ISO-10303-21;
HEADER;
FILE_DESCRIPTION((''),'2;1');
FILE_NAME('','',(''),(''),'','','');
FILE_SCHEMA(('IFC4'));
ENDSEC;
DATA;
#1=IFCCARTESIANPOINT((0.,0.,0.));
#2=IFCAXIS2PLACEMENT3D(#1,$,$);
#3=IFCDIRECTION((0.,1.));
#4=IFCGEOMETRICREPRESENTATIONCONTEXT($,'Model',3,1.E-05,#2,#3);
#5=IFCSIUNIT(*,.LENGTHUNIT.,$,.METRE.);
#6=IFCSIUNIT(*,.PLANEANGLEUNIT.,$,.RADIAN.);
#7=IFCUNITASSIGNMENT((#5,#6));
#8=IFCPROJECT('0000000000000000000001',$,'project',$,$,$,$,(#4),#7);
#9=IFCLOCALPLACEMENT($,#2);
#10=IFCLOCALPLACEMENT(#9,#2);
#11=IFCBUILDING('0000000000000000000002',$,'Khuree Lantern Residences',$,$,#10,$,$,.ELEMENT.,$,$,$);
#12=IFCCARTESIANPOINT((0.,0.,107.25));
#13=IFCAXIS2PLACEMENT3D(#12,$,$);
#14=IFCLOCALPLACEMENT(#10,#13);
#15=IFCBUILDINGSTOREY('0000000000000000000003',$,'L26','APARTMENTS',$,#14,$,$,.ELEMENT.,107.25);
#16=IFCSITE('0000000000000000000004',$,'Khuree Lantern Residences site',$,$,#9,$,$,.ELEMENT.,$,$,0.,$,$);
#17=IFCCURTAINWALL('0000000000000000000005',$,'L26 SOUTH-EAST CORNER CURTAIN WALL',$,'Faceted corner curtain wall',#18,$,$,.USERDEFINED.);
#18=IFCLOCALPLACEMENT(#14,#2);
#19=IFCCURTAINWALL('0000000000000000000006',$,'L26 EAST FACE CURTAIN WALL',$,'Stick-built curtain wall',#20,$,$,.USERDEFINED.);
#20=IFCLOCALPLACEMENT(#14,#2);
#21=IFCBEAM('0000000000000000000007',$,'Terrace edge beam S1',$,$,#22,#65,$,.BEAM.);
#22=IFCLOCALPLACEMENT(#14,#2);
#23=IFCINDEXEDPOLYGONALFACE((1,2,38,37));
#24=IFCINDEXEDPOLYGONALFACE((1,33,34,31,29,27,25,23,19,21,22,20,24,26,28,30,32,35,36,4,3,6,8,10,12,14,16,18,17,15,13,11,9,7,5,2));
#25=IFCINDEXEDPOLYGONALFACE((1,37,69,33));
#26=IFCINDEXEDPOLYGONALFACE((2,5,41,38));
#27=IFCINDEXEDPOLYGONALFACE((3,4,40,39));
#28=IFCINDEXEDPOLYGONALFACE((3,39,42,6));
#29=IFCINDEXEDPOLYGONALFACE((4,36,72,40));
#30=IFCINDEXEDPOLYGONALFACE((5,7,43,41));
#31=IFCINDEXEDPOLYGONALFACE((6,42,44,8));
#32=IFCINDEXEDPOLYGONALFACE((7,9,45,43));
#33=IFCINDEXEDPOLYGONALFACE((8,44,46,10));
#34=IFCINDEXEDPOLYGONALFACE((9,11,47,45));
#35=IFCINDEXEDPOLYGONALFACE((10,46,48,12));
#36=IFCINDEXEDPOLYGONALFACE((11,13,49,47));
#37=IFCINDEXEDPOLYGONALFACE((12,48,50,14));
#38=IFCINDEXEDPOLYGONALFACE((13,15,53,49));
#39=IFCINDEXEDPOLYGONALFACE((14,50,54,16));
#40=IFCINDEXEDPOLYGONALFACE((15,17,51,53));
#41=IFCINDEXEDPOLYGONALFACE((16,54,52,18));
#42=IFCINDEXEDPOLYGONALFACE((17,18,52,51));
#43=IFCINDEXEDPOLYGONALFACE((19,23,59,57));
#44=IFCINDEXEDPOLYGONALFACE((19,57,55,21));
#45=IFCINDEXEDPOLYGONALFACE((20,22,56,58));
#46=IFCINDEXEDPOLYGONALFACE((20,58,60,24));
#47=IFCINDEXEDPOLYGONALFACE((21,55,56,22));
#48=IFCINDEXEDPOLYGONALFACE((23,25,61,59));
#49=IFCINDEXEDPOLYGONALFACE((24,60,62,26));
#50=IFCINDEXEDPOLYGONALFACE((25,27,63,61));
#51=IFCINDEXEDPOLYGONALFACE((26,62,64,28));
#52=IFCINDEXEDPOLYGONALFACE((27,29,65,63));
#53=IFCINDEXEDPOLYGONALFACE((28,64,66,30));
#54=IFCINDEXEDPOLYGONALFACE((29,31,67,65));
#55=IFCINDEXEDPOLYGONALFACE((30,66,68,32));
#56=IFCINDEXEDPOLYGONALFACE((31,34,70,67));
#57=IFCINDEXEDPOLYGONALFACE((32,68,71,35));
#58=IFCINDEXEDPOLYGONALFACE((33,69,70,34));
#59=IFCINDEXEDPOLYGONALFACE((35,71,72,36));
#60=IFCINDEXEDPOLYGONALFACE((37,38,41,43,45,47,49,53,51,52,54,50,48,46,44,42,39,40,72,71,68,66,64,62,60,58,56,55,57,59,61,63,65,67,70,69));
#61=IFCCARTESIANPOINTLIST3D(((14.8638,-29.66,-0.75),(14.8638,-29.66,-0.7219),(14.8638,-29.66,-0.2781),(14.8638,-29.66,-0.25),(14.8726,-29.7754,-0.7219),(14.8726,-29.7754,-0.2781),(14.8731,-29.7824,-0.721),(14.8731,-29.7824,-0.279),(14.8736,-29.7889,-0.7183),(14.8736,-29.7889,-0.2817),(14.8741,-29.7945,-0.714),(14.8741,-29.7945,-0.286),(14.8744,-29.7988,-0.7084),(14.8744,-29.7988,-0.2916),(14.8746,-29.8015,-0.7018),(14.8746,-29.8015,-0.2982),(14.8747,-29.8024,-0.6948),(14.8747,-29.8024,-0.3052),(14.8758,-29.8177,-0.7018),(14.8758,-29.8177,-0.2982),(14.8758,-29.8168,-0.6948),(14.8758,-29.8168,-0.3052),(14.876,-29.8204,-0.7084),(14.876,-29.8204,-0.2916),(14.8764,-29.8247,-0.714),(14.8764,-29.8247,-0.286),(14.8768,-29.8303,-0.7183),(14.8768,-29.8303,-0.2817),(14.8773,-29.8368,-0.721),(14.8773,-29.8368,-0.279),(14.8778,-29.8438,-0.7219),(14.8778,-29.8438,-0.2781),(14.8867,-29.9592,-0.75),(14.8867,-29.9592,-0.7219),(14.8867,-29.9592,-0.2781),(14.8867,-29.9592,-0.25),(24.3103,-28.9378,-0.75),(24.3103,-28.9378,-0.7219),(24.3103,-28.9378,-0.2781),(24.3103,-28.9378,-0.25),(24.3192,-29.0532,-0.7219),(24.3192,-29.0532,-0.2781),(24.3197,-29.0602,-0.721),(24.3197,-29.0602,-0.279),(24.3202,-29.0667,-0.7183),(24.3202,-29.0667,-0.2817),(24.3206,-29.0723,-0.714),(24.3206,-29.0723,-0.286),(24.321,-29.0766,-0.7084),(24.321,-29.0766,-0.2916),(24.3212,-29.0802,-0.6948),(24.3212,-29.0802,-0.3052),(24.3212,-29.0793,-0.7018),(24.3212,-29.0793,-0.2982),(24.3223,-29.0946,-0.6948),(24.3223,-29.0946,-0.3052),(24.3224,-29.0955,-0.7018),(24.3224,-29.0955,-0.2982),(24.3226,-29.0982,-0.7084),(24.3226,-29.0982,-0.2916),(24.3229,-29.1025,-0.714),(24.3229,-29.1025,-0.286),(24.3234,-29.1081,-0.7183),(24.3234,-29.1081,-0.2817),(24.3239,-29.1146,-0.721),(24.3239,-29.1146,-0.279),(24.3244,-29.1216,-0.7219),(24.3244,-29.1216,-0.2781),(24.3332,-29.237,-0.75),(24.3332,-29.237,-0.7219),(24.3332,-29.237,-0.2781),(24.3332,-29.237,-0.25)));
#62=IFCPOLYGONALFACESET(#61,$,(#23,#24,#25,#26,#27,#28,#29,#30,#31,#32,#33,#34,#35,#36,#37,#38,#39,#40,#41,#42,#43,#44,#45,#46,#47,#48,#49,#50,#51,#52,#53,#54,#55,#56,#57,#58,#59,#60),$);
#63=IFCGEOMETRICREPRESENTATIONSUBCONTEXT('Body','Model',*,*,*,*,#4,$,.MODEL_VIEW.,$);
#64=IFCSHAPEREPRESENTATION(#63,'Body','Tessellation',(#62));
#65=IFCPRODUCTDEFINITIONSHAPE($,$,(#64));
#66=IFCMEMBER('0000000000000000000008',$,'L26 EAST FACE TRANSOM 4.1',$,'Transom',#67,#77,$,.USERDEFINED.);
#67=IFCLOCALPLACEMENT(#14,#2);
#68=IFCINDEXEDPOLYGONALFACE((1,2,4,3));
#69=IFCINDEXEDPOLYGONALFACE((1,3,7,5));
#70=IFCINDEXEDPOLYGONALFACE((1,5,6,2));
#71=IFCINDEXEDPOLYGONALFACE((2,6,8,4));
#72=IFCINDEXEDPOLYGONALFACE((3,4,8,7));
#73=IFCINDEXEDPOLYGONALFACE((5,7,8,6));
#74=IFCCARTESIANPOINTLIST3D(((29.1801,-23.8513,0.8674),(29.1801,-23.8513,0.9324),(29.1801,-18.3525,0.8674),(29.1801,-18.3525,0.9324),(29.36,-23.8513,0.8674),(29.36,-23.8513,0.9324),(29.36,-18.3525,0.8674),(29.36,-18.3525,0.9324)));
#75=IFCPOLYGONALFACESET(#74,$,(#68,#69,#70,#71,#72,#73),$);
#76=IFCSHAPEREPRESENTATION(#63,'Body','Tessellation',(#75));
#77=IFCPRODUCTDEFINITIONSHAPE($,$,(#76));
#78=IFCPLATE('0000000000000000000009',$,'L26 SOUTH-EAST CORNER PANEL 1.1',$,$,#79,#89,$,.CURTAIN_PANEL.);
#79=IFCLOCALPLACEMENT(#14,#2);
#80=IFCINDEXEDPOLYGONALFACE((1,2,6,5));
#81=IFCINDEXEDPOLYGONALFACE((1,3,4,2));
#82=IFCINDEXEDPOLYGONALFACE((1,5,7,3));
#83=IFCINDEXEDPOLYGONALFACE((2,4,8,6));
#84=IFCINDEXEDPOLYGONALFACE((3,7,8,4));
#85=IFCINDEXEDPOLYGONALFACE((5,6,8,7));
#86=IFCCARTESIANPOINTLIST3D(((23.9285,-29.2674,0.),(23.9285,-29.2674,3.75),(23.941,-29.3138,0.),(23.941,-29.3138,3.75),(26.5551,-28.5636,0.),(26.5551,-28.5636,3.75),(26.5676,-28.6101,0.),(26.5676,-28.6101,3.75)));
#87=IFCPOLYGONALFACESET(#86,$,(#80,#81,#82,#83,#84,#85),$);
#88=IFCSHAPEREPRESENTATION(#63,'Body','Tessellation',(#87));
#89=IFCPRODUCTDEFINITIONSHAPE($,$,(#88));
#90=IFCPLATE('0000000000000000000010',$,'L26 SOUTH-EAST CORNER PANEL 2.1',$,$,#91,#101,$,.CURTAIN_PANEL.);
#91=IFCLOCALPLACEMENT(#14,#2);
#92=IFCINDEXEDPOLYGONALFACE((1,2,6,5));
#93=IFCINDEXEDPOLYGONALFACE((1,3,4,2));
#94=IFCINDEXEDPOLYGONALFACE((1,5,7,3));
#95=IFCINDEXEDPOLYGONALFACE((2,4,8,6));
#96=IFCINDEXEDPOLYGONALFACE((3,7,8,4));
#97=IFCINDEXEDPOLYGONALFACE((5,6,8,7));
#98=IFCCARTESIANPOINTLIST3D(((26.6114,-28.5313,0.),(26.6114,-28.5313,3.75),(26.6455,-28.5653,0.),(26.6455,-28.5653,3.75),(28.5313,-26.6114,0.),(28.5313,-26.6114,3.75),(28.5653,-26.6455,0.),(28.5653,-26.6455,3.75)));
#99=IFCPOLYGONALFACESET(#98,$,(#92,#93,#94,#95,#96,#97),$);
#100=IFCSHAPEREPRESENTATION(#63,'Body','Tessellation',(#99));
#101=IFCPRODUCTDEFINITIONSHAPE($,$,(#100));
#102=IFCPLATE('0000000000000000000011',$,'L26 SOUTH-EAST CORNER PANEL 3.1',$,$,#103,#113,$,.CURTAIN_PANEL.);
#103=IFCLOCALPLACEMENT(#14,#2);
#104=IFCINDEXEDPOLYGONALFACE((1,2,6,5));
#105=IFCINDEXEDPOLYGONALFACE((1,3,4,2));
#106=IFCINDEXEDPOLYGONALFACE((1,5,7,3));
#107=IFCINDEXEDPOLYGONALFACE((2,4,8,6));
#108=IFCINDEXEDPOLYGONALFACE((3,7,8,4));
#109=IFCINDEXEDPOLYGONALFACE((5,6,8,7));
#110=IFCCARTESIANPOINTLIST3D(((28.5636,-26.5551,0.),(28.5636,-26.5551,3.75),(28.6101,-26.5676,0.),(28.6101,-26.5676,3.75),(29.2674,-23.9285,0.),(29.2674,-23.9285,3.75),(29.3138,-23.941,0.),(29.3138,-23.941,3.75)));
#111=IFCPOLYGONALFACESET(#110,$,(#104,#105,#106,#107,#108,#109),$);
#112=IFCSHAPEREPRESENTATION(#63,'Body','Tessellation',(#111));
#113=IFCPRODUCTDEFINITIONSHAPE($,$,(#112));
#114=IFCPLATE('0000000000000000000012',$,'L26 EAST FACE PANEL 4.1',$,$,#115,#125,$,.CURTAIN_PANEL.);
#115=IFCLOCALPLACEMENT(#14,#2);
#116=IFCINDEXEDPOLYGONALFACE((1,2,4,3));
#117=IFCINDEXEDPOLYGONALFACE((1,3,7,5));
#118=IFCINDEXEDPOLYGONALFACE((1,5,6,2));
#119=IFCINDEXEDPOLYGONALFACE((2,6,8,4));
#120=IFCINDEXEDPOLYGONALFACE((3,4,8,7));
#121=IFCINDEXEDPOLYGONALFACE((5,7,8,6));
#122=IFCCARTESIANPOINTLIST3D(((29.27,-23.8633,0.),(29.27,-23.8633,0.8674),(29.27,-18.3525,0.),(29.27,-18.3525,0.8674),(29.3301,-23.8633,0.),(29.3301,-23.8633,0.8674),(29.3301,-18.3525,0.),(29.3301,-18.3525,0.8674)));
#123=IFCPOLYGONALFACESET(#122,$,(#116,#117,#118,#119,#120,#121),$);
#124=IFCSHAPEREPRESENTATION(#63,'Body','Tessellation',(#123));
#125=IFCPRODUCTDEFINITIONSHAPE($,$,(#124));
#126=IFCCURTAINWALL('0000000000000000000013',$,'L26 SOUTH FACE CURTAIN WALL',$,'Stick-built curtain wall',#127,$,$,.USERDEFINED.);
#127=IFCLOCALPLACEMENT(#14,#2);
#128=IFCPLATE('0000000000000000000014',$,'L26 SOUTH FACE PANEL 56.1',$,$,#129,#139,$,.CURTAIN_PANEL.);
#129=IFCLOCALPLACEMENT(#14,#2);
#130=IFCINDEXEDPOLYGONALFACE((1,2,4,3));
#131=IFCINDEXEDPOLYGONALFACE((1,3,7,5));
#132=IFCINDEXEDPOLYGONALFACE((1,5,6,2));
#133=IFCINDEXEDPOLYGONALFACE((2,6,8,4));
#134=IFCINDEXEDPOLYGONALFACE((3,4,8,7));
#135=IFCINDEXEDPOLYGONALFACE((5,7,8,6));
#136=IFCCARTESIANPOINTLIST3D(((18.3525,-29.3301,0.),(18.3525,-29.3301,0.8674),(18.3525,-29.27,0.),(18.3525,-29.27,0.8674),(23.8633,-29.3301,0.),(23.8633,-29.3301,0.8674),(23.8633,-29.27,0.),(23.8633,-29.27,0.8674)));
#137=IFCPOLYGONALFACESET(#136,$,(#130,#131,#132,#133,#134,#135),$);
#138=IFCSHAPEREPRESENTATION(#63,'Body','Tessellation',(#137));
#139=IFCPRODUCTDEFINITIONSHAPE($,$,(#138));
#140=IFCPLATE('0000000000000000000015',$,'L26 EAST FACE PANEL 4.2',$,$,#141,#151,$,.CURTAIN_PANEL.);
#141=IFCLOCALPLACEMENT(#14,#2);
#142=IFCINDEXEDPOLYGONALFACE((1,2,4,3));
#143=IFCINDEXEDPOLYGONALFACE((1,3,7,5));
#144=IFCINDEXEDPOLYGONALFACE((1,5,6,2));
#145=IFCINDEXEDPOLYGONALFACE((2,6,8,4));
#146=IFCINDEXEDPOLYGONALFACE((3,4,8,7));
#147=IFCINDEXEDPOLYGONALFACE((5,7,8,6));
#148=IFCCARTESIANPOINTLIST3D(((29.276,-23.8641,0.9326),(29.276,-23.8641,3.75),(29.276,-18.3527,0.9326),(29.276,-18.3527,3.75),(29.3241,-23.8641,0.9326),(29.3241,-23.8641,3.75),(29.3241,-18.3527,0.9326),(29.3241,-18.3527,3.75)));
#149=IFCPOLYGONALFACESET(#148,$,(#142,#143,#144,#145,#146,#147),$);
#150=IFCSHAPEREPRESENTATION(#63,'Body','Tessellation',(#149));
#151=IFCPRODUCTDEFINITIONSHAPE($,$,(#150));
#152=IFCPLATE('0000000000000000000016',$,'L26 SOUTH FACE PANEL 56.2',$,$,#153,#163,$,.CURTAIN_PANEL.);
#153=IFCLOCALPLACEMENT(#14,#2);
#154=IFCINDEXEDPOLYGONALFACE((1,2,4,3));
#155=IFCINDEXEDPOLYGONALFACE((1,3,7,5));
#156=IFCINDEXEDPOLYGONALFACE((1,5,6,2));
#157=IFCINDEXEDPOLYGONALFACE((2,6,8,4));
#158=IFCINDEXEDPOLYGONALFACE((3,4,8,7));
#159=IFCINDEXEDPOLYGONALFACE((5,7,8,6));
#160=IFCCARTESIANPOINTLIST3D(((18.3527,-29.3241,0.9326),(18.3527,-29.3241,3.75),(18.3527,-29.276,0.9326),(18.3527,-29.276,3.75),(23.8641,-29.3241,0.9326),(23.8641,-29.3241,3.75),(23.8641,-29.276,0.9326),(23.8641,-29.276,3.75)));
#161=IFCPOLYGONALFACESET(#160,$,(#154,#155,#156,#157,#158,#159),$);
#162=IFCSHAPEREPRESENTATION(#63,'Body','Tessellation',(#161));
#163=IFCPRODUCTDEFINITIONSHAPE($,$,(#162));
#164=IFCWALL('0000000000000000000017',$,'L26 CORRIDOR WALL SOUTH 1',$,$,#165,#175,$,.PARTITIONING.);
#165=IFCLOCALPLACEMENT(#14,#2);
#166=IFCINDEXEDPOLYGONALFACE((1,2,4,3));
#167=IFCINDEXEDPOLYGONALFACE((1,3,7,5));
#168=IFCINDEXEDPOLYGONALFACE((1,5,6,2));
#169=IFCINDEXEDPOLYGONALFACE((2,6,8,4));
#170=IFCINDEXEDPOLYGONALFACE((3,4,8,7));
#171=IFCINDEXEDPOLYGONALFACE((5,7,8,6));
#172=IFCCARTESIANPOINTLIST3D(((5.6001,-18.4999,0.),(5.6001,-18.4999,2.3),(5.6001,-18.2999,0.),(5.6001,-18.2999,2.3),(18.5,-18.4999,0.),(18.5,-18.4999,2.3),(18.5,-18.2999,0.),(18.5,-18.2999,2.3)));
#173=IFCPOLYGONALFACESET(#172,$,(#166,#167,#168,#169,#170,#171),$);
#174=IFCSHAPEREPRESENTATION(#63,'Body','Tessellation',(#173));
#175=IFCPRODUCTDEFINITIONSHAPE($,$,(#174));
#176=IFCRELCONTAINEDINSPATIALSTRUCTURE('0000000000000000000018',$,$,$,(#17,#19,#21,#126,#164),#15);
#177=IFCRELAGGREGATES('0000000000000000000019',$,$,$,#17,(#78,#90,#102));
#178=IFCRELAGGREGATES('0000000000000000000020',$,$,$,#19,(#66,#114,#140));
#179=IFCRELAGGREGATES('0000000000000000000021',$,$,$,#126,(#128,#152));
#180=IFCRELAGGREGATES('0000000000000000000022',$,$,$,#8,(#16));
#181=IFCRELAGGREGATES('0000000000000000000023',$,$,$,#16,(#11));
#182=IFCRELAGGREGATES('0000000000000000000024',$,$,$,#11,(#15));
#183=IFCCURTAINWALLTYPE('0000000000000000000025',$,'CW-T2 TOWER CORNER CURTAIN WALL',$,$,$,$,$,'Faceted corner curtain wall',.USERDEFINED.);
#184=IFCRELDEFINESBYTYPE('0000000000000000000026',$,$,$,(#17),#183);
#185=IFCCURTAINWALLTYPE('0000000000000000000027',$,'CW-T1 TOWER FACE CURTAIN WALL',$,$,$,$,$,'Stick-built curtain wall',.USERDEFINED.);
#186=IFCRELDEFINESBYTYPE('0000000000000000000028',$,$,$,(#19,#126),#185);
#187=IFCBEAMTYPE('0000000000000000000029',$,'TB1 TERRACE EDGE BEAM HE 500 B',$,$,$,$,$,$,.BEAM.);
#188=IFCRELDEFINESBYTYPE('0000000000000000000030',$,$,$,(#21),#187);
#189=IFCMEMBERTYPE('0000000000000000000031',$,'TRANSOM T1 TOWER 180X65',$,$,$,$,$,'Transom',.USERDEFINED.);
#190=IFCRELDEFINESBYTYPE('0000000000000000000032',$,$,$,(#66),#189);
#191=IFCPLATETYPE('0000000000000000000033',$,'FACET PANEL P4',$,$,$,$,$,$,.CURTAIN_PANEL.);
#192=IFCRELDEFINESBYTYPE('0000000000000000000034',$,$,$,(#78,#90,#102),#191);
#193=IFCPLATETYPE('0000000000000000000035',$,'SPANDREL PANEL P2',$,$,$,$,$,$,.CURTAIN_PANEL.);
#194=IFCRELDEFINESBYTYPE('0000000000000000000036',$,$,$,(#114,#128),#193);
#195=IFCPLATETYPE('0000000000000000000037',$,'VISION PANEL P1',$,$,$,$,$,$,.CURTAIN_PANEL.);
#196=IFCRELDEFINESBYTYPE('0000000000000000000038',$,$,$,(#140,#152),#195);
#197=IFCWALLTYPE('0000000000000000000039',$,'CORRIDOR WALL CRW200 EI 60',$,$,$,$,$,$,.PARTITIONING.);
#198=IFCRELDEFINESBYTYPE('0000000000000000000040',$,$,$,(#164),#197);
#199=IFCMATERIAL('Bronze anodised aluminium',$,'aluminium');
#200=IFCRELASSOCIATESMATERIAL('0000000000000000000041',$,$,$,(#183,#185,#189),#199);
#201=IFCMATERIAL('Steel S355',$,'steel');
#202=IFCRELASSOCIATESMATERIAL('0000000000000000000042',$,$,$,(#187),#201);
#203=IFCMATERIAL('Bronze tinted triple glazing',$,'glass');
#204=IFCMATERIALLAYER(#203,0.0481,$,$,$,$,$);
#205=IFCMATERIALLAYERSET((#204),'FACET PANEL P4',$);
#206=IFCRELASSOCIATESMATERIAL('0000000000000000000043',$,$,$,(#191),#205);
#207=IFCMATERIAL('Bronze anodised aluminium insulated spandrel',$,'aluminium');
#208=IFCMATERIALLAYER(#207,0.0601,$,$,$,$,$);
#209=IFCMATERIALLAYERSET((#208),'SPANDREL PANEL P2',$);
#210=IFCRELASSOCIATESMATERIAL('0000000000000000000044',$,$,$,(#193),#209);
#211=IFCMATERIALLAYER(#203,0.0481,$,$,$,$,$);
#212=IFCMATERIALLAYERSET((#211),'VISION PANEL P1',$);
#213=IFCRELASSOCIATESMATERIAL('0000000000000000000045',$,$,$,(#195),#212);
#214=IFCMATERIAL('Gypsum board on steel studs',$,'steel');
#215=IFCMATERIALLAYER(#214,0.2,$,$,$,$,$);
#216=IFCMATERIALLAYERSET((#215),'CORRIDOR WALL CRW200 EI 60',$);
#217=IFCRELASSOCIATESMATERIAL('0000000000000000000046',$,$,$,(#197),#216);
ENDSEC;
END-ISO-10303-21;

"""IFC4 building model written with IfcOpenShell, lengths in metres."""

from ifc_helpers import new_model, si_unit, direction, frame, frame_2d, origin, origin_2d, place, context, subcontext, project, spatial, rectangle, i_section, extrude, material, layer, layer_set, material_profile, profile_set, type_object, element, aggregate, save


model = new_model("IFC4")

# Units and contexts
model_context = context("Model", 3, precision=1e-05, world=origin(), true_north=direction((0.0, 1.0)))
body_context = subcontext(model_context, "Body", "Model", "MODEL_VIEW")
ifc_project = project(units=[si_unit("LENGTHUNIT", "METRE"), si_unit("PLANEANGLEUNIT", "RADIAN")], contexts=[model_context])

# Site, building, storey
site_placement = place(None, origin())
site = spatial("IfcSite", under=ifc_project, at=site_placement, Name="Khuree Lantern Residences site", CompositionType="ELEMENT", RefElevation=0.0)
building_placement = place(site_placement, origin())
building = spatial("IfcBuilding", under=site, at=building_placement, Name="Khuree Lantern Residences", CompositionType="ELEMENT")
storey_placement = place(building_placement, frame((0.0, 0.0, 107.25)))
storey = spatial("IfcBuildingStorey", under=building, at=storey_placement, Name="L26", Description="APARTMENTS", CompositionType="ELEMENT", Elevation=107.25)

# Shared definitions
ifc_material_1 = material(Name="Steel S355", Category="steel")

# Curtain wall
ifc_material_2 = material(Name="Bronze anodised aluminium", Category="aluminium")
curtain_wall_type_1 = type_object("IfcCurtainWallType", Name="CW-T2 TOWER CORNER CURTAIN WALL", ElementType="Faceted corner curtain wall", PredefinedType="USERDEFINED", material=ifc_material_2)
curtain_wall_1_placement = place(storey_placement, origin())
curtain_wall_1 = element("IfcCurtainWall", 1, at=curtain_wall_1_placement, inside=storey, type_object=curtain_wall_type_1, Name="L26 SOUTH-EAST CORNER CURTAIN WALL", ObjectType="Faceted corner curtain wall", PredefinedType="USERDEFINED")

# Curtain wall
curtain_wall_type_2 = type_object("IfcCurtainWallType", Name="CW-T1 TOWER FACE CURTAIN WALL", ElementType="Stick-built curtain wall", PredefinedType="USERDEFINED", material=ifc_material_2)
curtain_wall_2_placement = place(storey_placement, origin())
curtain_wall_2 = element("IfcCurtainWall", 2, at=curtain_wall_2_placement, inside=storey, type_object=curtain_wall_type_2, Name="L26 EAST FACE CURTAIN WALL", ObjectType="Stick-built curtain wall", PredefinedType="USERDEFINED")

# Beam
ifc_material_profile_1 = material_profile(ifc_material_1, i_section(OverallWidth=0.3, OverallDepth=0.5, WebThickness=0.0144, FlangeThickness=0.0281, FilletRadius=0.0271, at=origin_2d()), Name="HE 500 B")
ifc_profile_set_1 = profile_set([ifc_material_profile_1], Name="Steel S355")
beam_type_1 = type_object("IfcBeamType", Name="TB1 TERRACE EDGE BEAM HE 500 B", PredefinedType="BEAM", material=ifc_profile_set_1)
beam_1_placement = place(storey_placement, frame((24.3218, -29.0874, -0.5), z_axis=(-0.997091, -0.076226, 0.0), x_axis=(0.076226, -0.997091, 0.0)))
element("IfcBeam", 3, at=beam_1_placement, inside=storey, type_object=beam_type_1, Name="Terrace edge beam S1", PredefinedType="BEAM", context=body_context, shape_type="SweptSolid", body=[
    extrude(i_section(OverallWidth=0.3, OverallDepth=0.5, WebThickness=0.0144, FlangeThickness=0.0281, FilletRadius=0.0271, at=origin_2d()), origin(), (0.0, 0.0, 1.0), 9.4741),
])

# Member
ifc_material_profile_2 = material_profile(ifc_material_2, rectangle(XDim=0.1799, YDim=0.0649, at=origin_2d()), Name="T1 180X65")
ifc_profile_set_2 = profile_set([ifc_material_profile_2], Name="Bronze anodised aluminium")
member_type_1 = type_object("IfcMemberType", Name="TRANSOM T1 TOWER 180X65", ElementType="Transom", PredefinedType="USERDEFINED", material=ifc_profile_set_2)
member_1_placement = place(storey_placement, frame((29.27, -23.8513, 0.8999), z_axis=(0.0, 1.0, 0.0), x_axis=(-1.0, 0.0, 0.0)))
member_1 = element("IfcMember", 4, at=member_1_placement, type_object=member_type_1, Name="L26 EAST FACE TRANSOM 4.1", ObjectType="Transom", PredefinedType="USERDEFINED", context=body_context, shape_type="SweptSolid", body=[
    extrude(rectangle(XDim=0.1799, YDim=0.0649, at=origin_2d()), origin(), (0.0, 0.0, 1.0), 5.4988),
])

# Plates
ifc_material_3 = material(Name="Bronze tinted triple glazing", Category="glass")
ifc_layer_1 = layer(ifc_material_3, 0.0481)
ifc_layer_set_1 = layer_set([ifc_layer_1], Name="FACET PANEL P4")
plate_type_1 = type_object("IfcPlateType", Name="FACET PANEL P4", PredefinedType="CURTAIN_PANEL", material=ifc_layer_set_1)
plate_1_placement = place(storey_placement, frame((25.248, -28.9387, 0.0), z_axis=(0.0, 0.0, 1.0), x_axis=(0.965926, 0.258819, 0.0)))
plate_1 = element("IfcPlate", 5, at=plate_1_placement, type_object=plate_type_1, Name="L26 SOUTH-EAST CORNER PANEL 1.1", PredefinedType="CURTAIN_PANEL", context=body_context, shape_type="SweptSolid", body=[
    extrude(rectangle(XDim=2.7192, YDim=0.0481, at=origin_2d()), origin(), (0.0, 0.0, 1.0), 3.75),
])
plate_2_placement = place(storey_placement, frame((27.5884, -27.5884, 0.0), z_axis=(0.0, 0.0, 1.0), x_axis=(0.707107, 0.707107, 0.0)))
plate_2 = element("IfcPlate", 6, at=plate_2_placement, type_object=plate_type_1, Name="L26 SOUTH-EAST CORNER PANEL 2.1", PredefinedType="CURTAIN_PANEL", context=body_context, shape_type="SweptSolid", body=[
    extrude(rectangle(XDim=2.7151, YDim=0.0481, at=origin_2d()), origin(), (0.0, 0.0, 1.0), 3.75),
])
plate_3_placement = place(storey_placement, frame((28.9387, -25.248, 0.0), z_axis=(0.0, 0.0, 1.0), x_axis=(0.258819, 0.965926, 0.0)))
plate_3 = element("IfcPlate", 7, at=plate_3_placement, type_object=plate_type_1, Name="L26 SOUTH-EAST CORNER PANEL 3.1", PredefinedType="CURTAIN_PANEL", context=body_context, shape_type="SweptSolid", body=[
    extrude(rectangle(XDim=2.7192, YDim=0.0481, at=origin_2d()), origin(), (0.0, 0.0, 1.0), 3.75),
])
aggregate(curtain_wall_1, [plate_1, plate_2, plate_3])
ifc_material_4 = material(Name="Bronze anodised aluminium insulated spandrel", Category="aluminium")
ifc_layer_2 = layer(ifc_material_4, 0.0601)
ifc_layer_set_2 = layer_set([ifc_layer_2], Name="SPANDREL PANEL P2")
plate_type_2 = type_object("IfcPlateType", Name="SPANDREL PANEL P2", PredefinedType="CURTAIN_PANEL", material=ifc_layer_set_2)
plate_4_placement = place(storey_placement, frame((29.3, -21.1079, 0.0), z_axis=(0.0, 0.0, 1.0), x_axis=(0.0, 1.0, 0.0)))
plate_4 = element("IfcPlate", 8, at=plate_4_placement, type_object=plate_type_2, Name="L26 EAST FACE PANEL 4.1", PredefinedType="CURTAIN_PANEL", context=body_context, shape_type="SweptSolid", body=[
    extrude(rectangle(XDim=5.5107, YDim=0.0601, at=origin_2d()), origin(), (0.0, 0.0, 1.0), 0.8674),
])

# Curtain wall, plate
curtain_wall_3_placement = place(storey_placement, origin())
curtain_wall_3 = element("IfcCurtainWall", 9, at=curtain_wall_3_placement, inside=storey, type_object=curtain_wall_type_2, Name="L26 SOUTH FACE CURTAIN WALL", ObjectType="Stick-built curtain wall", PredefinedType="USERDEFINED")
plate_5_placement = place(storey_placement, frame((21.1079, -29.3, 0.0), z_axis=(0.0, 0.0, 1.0), x_axis=(1.0, 0.0, 0.0)))
plate_5 = element("IfcPlate", 10, at=plate_5_placement, type_object=plate_type_2, Name="L26 SOUTH FACE PANEL 56.1", PredefinedType="CURTAIN_PANEL", context=body_context, shape_type="SweptSolid", body=[
    extrude(rectangle(XDim=5.5107, YDim=0.0601, at=origin_2d()), origin(), (0.0, 0.0, 1.0), 0.8674),
])

# Plates
ifc_layer_3 = layer(ifc_material_3, 0.0481)
ifc_layer_set_3 = layer_set([ifc_layer_3], Name="VISION PANEL P1")
plate_type_3 = type_object("IfcPlateType", Name="VISION PANEL P1", PredefinedType="CURTAIN_PANEL", material=ifc_layer_set_3)
plate_6_placement = place(storey_placement, frame((29.3, -21.1084, 0.9326), z_axis=(0.0, 0.0, 1.0), x_axis=(0.0, 1.0, 0.0)))
plate_6 = element("IfcPlate", 11, at=plate_6_placement, type_object=plate_type_3, Name="L26 EAST FACE PANEL 4.2", PredefinedType="CURTAIN_PANEL", context=body_context, shape_type="SweptSolid", body=[
    extrude(rectangle(XDim=5.5115, YDim=0.0481, at=origin_2d()), origin(), (0.0, 0.0, 1.0), 2.8174),
])
aggregate(curtain_wall_2, [member_1, plate_4, plate_6])
plate_7_placement = place(storey_placement, frame((21.1084, -29.3, 0.9326), z_axis=(0.0, 0.0, 1.0), x_axis=(1.0, 0.0, 0.0)))
plate_7 = element("IfcPlate", 12, at=plate_7_placement, type_object=plate_type_3, Name="L26 SOUTH FACE PANEL 56.2", PredefinedType="CURTAIN_PANEL", context=body_context, shape_type="SweptSolid", body=[
    extrude(rectangle(XDim=5.5115, YDim=0.0481, at=origin_2d()), origin(), (0.0, 0.0, 1.0), 2.8174),
])
aggregate(curtain_wall_3, [plate_5, plate_7])

# Wall
ifc_material_5 = material(Name="Gypsum board on steel studs", Category="steel")
ifc_layer_4 = layer(ifc_material_5, 0.2)
ifc_layer_set_4 = layer_set([ifc_layer_4], Name="CORRIDOR WALL CRW200 EI 60")
wall_type = type_object("IfcWallType", Name="CORRIDOR WALL CRW200 EI 60", PredefinedType="PARTITIONING", material=ifc_layer_set_4)
wall_placement = place(storey_placement, frame((18.5, -18.3999, 0.0), z_axis=(0.0, 0.0, 1.0), x_axis=(-1.0, 0.0, 0.0)))
element("IfcWall", 13, at=wall_placement, inside=storey, type_object=wall_type, Name="L26 CORRIDOR WALL SOUTH 1", PredefinedType="PARTITIONING", context=body_context, shape_type="SweptSolid", body=[
    extrude(rectangle(XDim=12.8999, YDim=0.2, at=frame_2d((6.45, 0.0))), origin(), (0.0, 0.0, 1.0), 2.3),
])

save(model, "model.ifc")
